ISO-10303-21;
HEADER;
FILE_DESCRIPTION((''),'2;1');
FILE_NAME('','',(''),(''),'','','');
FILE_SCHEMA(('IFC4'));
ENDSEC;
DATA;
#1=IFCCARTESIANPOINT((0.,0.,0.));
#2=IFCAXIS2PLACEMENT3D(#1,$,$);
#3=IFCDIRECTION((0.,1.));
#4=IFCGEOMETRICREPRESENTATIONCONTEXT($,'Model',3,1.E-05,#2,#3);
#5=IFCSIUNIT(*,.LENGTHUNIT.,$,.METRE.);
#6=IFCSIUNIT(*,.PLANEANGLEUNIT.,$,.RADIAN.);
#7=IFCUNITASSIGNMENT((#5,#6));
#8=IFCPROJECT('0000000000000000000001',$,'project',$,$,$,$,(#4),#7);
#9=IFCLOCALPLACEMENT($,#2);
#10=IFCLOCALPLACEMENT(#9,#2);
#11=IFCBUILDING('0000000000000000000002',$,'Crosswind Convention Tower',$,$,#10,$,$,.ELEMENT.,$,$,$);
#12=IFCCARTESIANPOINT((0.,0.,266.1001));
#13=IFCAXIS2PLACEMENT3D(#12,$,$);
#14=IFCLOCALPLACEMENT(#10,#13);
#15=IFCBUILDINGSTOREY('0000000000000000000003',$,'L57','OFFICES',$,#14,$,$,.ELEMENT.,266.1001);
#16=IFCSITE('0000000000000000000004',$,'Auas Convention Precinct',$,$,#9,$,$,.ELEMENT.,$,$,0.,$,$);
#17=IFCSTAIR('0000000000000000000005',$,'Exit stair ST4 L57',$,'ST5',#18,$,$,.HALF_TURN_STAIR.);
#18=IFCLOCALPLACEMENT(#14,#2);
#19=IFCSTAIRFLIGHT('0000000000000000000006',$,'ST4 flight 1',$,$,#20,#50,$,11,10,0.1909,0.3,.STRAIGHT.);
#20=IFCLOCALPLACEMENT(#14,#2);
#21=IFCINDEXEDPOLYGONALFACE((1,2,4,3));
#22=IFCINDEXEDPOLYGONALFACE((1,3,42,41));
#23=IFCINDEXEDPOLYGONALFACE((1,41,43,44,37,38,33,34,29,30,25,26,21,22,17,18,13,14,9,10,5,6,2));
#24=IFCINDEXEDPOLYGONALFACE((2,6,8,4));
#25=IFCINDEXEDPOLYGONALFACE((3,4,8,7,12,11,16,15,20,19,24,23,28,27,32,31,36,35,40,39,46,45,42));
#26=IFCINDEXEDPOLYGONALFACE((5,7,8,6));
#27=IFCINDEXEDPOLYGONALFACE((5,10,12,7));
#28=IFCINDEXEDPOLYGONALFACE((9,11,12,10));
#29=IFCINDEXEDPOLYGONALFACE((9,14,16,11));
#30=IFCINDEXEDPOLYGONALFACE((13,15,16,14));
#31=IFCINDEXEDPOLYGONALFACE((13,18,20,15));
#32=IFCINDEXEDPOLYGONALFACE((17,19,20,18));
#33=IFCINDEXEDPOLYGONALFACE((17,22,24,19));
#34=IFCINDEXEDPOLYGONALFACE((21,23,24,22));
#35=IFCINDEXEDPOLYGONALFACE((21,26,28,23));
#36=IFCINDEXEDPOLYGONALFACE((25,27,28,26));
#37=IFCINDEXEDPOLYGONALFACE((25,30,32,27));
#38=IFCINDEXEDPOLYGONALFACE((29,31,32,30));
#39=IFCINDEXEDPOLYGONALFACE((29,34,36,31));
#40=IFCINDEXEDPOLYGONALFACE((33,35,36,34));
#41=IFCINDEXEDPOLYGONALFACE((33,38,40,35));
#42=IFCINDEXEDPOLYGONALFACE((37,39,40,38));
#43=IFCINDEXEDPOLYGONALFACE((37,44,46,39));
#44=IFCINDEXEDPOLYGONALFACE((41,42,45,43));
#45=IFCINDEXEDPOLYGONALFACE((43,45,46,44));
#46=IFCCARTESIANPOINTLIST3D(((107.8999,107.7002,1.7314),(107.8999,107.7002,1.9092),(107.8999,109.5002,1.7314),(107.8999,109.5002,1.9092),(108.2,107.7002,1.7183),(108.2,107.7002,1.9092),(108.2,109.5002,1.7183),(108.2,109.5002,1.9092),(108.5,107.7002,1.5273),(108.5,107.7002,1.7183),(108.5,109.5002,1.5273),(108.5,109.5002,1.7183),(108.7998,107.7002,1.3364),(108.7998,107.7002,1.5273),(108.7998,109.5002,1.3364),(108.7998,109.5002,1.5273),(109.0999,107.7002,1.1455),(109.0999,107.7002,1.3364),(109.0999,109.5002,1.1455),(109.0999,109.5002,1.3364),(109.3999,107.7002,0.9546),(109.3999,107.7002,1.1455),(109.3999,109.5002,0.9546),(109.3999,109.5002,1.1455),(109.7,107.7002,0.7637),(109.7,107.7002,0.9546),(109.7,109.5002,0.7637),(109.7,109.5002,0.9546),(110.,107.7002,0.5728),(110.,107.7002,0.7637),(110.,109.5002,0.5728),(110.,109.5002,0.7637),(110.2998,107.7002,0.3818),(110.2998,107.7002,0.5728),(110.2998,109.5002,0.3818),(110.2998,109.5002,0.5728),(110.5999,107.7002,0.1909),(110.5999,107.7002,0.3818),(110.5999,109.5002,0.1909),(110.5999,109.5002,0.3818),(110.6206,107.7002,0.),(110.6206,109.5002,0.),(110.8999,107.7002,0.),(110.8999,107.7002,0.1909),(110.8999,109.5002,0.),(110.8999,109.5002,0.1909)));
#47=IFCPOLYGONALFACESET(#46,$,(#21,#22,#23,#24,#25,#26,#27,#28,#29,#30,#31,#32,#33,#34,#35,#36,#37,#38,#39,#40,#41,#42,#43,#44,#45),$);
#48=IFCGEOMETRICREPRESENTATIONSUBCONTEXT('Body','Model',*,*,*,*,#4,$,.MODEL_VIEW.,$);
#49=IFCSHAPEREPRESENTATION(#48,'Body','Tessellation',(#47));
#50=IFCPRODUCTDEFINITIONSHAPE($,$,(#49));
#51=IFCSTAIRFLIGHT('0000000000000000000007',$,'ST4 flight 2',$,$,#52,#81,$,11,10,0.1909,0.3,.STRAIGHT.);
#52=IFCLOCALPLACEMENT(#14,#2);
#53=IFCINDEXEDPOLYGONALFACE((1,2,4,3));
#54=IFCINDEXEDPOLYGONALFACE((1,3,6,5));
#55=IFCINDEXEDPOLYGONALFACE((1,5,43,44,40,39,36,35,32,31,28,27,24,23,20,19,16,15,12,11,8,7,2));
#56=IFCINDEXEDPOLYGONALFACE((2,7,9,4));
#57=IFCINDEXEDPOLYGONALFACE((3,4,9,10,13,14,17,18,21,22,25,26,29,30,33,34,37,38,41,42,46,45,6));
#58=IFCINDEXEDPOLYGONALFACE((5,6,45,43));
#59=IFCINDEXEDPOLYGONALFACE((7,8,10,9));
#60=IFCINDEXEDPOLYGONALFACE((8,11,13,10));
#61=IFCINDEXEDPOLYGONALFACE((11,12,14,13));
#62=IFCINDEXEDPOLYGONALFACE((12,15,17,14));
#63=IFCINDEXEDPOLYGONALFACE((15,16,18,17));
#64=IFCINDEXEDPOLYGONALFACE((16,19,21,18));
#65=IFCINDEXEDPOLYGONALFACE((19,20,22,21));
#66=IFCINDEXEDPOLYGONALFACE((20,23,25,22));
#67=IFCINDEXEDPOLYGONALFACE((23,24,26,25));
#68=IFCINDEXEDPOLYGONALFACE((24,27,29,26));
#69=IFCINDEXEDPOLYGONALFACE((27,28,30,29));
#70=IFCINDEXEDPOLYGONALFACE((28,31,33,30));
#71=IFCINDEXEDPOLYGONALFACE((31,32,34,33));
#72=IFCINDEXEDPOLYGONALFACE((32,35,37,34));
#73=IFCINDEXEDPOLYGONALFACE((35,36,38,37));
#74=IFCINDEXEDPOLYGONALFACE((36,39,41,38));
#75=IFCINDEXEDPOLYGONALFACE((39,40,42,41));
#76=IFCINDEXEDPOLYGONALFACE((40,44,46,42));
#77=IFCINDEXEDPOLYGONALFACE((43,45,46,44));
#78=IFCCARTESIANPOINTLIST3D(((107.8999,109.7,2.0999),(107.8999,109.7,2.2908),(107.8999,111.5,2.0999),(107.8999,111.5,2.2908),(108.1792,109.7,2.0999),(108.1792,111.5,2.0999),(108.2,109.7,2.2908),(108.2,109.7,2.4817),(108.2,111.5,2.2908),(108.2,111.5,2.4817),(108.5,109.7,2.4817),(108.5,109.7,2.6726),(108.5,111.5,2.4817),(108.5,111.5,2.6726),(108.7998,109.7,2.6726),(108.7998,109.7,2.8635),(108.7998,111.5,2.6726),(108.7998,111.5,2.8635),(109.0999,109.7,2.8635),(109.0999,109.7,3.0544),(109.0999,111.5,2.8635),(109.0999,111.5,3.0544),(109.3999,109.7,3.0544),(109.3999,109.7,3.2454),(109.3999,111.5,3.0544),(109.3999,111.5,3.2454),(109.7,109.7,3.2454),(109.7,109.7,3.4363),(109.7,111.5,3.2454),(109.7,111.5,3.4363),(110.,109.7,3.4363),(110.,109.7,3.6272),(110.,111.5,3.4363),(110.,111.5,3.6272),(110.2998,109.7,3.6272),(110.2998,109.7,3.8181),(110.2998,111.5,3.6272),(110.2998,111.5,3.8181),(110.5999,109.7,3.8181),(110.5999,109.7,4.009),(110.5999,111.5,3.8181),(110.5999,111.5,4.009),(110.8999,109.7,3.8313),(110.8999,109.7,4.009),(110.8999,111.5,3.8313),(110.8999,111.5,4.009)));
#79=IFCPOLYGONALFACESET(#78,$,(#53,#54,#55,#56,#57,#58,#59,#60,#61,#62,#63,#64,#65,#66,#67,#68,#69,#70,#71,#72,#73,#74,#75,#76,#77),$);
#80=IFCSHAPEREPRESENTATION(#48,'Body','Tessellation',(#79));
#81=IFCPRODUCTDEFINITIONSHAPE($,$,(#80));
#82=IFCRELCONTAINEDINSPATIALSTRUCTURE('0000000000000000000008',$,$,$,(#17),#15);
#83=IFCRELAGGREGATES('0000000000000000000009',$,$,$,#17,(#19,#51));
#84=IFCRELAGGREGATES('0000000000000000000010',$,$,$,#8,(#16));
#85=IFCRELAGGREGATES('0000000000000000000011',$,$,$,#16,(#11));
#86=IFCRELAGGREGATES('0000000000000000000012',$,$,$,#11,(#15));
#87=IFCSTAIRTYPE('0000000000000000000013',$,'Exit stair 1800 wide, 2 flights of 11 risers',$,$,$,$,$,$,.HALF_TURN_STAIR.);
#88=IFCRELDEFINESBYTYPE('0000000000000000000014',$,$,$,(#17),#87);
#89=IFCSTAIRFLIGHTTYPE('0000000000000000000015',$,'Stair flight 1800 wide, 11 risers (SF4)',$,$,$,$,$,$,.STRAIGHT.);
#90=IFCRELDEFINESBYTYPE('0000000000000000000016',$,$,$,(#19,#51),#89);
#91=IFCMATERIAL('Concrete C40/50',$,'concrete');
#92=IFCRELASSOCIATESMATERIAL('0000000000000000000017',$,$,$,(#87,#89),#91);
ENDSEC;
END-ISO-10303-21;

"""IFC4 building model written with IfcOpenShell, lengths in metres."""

from ifc_helpers import new_model, si_unit, direction, frame, origin, place, context, subcontext, project, spatial, polyline, outline, extrude, material, type_object, element, aggregate, save


model = new_model("IFC4")

# Units and contexts
model_context = context("Model", 3, precision=1e-05, world=origin(), true_north=direction((0.0, 1.0)))
body_context = subcontext(model_context, "Body", "Model", "MODEL_VIEW")
ifc_project = project(units=[si_unit("LENGTHUNIT", "METRE"), si_unit("PLANEANGLEUNIT", "RADIAN")], contexts=[model_context])

# Site, building, storey
site_placement = place(None, origin())
site = spatial("IfcSite", under=ifc_project, at=site_placement, Name="Auas Convention Precinct", CompositionType="ELEMENT", RefElevation=0.0)
building_placement = place(site_placement, origin())
building = spatial("IfcBuilding", under=site, at=building_placement, Name="Crosswind Convention Tower", CompositionType="ELEMENT")
storey_placement = place(building_placement, frame((0.0, 0.0, 266.1001)))
storey = spatial("IfcBuildingStorey", under=building, at=storey_placement, Name="L57", Description="OFFICES", CompositionType="ELEMENT", Elevation=266.1001)

# Stair, stair flights
ifc_material_1 = material(Name="Concrete C40/50", Category="concrete")
stair_type = type_object("IfcStairType", Name="Exit stair 1800 wide, 2 flights of 11 risers", PredefinedType="HALF_TURN_STAIR", material=ifc_material_1)
stair_placement = place(storey_placement, origin())
stair = element("IfcStair", 1, at=stair_placement, inside=storey, type_object=stair_type, Name="Exit stair ST4 L57", ObjectType="ST5", PredefinedType="HALF_TURN_STAIR")
stair_flight_type = type_object("IfcStairFlightType", Name="Stair flight 1800 wide, 11 risers (SF4)", PredefinedType="STRAIGHT", material=ifc_material_1)
stair_flight_1_placement = place(storey_placement, frame((110.8999, 108.6001, 0.0), z_axis=(0.0, 0.0, 1.0), x_axis=(-1.0, 0.0, 0.0)))
stair_flight_1 = element("IfcStairFlight", 2, at=stair_flight_1_placement, type_object=stair_flight_type, Name="ST4 flight 1", NumberOfRisers=11, NumberOfTreads=10, PredefinedType="STRAIGHT", RiserHeight=0.1909, TreadLength=0.3, context=body_context, shape_type="SweptSolid", body=[
    extrude(outline(polyline([(0.0, 0.0), (0.0, 0.1909), (0.3, 0.1909), (0.3, 0.3818), (0.6001, 0.3818), (0.6001, 0.5728), (0.8999, 0.5728), (0.8999, 0.7637), (1.2, 0.7637), (1.2, 0.9546), (1.5, 0.9546), (1.5, 1.1455), (1.8, 1.1455), (1.8, 1.3364), (2.1001, 1.3364), (2.1001, 1.5273), (2.3999, 1.5273), (2.3999, 1.7183), (2.7, 1.7183), (2.7, 1.9092), (3.0, 1.9092), (3.0, 2.1001), (3.0, 1.7314), (0.2793, 0.0), (0.0, 0.0)])), frame((0.0, 0.8999, 0.0), z_axis=(0.0, -1.0, 0.0), x_axis=(1.0, 0.0, 0.0)), (0.0, 0.0, 1.0), 1.8),
])
stair_flight_2_placement = place(storey_placement, frame((107.8999, 110.6001, 2.0999), z_axis=(0.0, 0.0, 1.0), x_axis=(1.0, 0.0, 0.0)))
stair_flight_2 = element("IfcStairFlight", 3, at=stair_flight_2_placement, type_object=stair_flight_type, Name="ST4 flight 2", NumberOfRisers=11, NumberOfTreads=10, PredefinedType="STRAIGHT", RiserHeight=0.1909, TreadLength=0.3, context=body_context, shape_type="SweptSolid", body=[
    extrude(outline(polyline([(0.0, 0.0), (0.0, 0.1909), (0.3, 0.1909), (0.3, 0.3818), (0.6001, 0.3818), (0.6001, 0.5728), (0.8999, 0.5728), (0.8999, 0.7637), (1.2, 0.7637), (1.2, 0.9546), (1.5, 0.9546), (1.5, 1.1455), (1.8, 1.1455), (1.8, 1.3364), (2.1001, 1.3364), (2.1001, 1.5273), (2.3999, 1.5273), (2.3999, 1.7183), (2.7, 1.7183), (2.7, 1.9092), (3.0, 1.9092), (3.0, 2.1001), (3.0, 1.7314), (0.2793, 0.0), (0.0, 0.0)])), frame((0.0, 0.8999, 0.0), z_axis=(0.0, -1.0, 0.0), x_axis=(1.0, 0.0, 0.0)), (0.0, 0.0, 1.0), 1.8),
])
aggregate(stair, [stair_flight_1, stair_flight_2])

save(model, "model.ifc")
